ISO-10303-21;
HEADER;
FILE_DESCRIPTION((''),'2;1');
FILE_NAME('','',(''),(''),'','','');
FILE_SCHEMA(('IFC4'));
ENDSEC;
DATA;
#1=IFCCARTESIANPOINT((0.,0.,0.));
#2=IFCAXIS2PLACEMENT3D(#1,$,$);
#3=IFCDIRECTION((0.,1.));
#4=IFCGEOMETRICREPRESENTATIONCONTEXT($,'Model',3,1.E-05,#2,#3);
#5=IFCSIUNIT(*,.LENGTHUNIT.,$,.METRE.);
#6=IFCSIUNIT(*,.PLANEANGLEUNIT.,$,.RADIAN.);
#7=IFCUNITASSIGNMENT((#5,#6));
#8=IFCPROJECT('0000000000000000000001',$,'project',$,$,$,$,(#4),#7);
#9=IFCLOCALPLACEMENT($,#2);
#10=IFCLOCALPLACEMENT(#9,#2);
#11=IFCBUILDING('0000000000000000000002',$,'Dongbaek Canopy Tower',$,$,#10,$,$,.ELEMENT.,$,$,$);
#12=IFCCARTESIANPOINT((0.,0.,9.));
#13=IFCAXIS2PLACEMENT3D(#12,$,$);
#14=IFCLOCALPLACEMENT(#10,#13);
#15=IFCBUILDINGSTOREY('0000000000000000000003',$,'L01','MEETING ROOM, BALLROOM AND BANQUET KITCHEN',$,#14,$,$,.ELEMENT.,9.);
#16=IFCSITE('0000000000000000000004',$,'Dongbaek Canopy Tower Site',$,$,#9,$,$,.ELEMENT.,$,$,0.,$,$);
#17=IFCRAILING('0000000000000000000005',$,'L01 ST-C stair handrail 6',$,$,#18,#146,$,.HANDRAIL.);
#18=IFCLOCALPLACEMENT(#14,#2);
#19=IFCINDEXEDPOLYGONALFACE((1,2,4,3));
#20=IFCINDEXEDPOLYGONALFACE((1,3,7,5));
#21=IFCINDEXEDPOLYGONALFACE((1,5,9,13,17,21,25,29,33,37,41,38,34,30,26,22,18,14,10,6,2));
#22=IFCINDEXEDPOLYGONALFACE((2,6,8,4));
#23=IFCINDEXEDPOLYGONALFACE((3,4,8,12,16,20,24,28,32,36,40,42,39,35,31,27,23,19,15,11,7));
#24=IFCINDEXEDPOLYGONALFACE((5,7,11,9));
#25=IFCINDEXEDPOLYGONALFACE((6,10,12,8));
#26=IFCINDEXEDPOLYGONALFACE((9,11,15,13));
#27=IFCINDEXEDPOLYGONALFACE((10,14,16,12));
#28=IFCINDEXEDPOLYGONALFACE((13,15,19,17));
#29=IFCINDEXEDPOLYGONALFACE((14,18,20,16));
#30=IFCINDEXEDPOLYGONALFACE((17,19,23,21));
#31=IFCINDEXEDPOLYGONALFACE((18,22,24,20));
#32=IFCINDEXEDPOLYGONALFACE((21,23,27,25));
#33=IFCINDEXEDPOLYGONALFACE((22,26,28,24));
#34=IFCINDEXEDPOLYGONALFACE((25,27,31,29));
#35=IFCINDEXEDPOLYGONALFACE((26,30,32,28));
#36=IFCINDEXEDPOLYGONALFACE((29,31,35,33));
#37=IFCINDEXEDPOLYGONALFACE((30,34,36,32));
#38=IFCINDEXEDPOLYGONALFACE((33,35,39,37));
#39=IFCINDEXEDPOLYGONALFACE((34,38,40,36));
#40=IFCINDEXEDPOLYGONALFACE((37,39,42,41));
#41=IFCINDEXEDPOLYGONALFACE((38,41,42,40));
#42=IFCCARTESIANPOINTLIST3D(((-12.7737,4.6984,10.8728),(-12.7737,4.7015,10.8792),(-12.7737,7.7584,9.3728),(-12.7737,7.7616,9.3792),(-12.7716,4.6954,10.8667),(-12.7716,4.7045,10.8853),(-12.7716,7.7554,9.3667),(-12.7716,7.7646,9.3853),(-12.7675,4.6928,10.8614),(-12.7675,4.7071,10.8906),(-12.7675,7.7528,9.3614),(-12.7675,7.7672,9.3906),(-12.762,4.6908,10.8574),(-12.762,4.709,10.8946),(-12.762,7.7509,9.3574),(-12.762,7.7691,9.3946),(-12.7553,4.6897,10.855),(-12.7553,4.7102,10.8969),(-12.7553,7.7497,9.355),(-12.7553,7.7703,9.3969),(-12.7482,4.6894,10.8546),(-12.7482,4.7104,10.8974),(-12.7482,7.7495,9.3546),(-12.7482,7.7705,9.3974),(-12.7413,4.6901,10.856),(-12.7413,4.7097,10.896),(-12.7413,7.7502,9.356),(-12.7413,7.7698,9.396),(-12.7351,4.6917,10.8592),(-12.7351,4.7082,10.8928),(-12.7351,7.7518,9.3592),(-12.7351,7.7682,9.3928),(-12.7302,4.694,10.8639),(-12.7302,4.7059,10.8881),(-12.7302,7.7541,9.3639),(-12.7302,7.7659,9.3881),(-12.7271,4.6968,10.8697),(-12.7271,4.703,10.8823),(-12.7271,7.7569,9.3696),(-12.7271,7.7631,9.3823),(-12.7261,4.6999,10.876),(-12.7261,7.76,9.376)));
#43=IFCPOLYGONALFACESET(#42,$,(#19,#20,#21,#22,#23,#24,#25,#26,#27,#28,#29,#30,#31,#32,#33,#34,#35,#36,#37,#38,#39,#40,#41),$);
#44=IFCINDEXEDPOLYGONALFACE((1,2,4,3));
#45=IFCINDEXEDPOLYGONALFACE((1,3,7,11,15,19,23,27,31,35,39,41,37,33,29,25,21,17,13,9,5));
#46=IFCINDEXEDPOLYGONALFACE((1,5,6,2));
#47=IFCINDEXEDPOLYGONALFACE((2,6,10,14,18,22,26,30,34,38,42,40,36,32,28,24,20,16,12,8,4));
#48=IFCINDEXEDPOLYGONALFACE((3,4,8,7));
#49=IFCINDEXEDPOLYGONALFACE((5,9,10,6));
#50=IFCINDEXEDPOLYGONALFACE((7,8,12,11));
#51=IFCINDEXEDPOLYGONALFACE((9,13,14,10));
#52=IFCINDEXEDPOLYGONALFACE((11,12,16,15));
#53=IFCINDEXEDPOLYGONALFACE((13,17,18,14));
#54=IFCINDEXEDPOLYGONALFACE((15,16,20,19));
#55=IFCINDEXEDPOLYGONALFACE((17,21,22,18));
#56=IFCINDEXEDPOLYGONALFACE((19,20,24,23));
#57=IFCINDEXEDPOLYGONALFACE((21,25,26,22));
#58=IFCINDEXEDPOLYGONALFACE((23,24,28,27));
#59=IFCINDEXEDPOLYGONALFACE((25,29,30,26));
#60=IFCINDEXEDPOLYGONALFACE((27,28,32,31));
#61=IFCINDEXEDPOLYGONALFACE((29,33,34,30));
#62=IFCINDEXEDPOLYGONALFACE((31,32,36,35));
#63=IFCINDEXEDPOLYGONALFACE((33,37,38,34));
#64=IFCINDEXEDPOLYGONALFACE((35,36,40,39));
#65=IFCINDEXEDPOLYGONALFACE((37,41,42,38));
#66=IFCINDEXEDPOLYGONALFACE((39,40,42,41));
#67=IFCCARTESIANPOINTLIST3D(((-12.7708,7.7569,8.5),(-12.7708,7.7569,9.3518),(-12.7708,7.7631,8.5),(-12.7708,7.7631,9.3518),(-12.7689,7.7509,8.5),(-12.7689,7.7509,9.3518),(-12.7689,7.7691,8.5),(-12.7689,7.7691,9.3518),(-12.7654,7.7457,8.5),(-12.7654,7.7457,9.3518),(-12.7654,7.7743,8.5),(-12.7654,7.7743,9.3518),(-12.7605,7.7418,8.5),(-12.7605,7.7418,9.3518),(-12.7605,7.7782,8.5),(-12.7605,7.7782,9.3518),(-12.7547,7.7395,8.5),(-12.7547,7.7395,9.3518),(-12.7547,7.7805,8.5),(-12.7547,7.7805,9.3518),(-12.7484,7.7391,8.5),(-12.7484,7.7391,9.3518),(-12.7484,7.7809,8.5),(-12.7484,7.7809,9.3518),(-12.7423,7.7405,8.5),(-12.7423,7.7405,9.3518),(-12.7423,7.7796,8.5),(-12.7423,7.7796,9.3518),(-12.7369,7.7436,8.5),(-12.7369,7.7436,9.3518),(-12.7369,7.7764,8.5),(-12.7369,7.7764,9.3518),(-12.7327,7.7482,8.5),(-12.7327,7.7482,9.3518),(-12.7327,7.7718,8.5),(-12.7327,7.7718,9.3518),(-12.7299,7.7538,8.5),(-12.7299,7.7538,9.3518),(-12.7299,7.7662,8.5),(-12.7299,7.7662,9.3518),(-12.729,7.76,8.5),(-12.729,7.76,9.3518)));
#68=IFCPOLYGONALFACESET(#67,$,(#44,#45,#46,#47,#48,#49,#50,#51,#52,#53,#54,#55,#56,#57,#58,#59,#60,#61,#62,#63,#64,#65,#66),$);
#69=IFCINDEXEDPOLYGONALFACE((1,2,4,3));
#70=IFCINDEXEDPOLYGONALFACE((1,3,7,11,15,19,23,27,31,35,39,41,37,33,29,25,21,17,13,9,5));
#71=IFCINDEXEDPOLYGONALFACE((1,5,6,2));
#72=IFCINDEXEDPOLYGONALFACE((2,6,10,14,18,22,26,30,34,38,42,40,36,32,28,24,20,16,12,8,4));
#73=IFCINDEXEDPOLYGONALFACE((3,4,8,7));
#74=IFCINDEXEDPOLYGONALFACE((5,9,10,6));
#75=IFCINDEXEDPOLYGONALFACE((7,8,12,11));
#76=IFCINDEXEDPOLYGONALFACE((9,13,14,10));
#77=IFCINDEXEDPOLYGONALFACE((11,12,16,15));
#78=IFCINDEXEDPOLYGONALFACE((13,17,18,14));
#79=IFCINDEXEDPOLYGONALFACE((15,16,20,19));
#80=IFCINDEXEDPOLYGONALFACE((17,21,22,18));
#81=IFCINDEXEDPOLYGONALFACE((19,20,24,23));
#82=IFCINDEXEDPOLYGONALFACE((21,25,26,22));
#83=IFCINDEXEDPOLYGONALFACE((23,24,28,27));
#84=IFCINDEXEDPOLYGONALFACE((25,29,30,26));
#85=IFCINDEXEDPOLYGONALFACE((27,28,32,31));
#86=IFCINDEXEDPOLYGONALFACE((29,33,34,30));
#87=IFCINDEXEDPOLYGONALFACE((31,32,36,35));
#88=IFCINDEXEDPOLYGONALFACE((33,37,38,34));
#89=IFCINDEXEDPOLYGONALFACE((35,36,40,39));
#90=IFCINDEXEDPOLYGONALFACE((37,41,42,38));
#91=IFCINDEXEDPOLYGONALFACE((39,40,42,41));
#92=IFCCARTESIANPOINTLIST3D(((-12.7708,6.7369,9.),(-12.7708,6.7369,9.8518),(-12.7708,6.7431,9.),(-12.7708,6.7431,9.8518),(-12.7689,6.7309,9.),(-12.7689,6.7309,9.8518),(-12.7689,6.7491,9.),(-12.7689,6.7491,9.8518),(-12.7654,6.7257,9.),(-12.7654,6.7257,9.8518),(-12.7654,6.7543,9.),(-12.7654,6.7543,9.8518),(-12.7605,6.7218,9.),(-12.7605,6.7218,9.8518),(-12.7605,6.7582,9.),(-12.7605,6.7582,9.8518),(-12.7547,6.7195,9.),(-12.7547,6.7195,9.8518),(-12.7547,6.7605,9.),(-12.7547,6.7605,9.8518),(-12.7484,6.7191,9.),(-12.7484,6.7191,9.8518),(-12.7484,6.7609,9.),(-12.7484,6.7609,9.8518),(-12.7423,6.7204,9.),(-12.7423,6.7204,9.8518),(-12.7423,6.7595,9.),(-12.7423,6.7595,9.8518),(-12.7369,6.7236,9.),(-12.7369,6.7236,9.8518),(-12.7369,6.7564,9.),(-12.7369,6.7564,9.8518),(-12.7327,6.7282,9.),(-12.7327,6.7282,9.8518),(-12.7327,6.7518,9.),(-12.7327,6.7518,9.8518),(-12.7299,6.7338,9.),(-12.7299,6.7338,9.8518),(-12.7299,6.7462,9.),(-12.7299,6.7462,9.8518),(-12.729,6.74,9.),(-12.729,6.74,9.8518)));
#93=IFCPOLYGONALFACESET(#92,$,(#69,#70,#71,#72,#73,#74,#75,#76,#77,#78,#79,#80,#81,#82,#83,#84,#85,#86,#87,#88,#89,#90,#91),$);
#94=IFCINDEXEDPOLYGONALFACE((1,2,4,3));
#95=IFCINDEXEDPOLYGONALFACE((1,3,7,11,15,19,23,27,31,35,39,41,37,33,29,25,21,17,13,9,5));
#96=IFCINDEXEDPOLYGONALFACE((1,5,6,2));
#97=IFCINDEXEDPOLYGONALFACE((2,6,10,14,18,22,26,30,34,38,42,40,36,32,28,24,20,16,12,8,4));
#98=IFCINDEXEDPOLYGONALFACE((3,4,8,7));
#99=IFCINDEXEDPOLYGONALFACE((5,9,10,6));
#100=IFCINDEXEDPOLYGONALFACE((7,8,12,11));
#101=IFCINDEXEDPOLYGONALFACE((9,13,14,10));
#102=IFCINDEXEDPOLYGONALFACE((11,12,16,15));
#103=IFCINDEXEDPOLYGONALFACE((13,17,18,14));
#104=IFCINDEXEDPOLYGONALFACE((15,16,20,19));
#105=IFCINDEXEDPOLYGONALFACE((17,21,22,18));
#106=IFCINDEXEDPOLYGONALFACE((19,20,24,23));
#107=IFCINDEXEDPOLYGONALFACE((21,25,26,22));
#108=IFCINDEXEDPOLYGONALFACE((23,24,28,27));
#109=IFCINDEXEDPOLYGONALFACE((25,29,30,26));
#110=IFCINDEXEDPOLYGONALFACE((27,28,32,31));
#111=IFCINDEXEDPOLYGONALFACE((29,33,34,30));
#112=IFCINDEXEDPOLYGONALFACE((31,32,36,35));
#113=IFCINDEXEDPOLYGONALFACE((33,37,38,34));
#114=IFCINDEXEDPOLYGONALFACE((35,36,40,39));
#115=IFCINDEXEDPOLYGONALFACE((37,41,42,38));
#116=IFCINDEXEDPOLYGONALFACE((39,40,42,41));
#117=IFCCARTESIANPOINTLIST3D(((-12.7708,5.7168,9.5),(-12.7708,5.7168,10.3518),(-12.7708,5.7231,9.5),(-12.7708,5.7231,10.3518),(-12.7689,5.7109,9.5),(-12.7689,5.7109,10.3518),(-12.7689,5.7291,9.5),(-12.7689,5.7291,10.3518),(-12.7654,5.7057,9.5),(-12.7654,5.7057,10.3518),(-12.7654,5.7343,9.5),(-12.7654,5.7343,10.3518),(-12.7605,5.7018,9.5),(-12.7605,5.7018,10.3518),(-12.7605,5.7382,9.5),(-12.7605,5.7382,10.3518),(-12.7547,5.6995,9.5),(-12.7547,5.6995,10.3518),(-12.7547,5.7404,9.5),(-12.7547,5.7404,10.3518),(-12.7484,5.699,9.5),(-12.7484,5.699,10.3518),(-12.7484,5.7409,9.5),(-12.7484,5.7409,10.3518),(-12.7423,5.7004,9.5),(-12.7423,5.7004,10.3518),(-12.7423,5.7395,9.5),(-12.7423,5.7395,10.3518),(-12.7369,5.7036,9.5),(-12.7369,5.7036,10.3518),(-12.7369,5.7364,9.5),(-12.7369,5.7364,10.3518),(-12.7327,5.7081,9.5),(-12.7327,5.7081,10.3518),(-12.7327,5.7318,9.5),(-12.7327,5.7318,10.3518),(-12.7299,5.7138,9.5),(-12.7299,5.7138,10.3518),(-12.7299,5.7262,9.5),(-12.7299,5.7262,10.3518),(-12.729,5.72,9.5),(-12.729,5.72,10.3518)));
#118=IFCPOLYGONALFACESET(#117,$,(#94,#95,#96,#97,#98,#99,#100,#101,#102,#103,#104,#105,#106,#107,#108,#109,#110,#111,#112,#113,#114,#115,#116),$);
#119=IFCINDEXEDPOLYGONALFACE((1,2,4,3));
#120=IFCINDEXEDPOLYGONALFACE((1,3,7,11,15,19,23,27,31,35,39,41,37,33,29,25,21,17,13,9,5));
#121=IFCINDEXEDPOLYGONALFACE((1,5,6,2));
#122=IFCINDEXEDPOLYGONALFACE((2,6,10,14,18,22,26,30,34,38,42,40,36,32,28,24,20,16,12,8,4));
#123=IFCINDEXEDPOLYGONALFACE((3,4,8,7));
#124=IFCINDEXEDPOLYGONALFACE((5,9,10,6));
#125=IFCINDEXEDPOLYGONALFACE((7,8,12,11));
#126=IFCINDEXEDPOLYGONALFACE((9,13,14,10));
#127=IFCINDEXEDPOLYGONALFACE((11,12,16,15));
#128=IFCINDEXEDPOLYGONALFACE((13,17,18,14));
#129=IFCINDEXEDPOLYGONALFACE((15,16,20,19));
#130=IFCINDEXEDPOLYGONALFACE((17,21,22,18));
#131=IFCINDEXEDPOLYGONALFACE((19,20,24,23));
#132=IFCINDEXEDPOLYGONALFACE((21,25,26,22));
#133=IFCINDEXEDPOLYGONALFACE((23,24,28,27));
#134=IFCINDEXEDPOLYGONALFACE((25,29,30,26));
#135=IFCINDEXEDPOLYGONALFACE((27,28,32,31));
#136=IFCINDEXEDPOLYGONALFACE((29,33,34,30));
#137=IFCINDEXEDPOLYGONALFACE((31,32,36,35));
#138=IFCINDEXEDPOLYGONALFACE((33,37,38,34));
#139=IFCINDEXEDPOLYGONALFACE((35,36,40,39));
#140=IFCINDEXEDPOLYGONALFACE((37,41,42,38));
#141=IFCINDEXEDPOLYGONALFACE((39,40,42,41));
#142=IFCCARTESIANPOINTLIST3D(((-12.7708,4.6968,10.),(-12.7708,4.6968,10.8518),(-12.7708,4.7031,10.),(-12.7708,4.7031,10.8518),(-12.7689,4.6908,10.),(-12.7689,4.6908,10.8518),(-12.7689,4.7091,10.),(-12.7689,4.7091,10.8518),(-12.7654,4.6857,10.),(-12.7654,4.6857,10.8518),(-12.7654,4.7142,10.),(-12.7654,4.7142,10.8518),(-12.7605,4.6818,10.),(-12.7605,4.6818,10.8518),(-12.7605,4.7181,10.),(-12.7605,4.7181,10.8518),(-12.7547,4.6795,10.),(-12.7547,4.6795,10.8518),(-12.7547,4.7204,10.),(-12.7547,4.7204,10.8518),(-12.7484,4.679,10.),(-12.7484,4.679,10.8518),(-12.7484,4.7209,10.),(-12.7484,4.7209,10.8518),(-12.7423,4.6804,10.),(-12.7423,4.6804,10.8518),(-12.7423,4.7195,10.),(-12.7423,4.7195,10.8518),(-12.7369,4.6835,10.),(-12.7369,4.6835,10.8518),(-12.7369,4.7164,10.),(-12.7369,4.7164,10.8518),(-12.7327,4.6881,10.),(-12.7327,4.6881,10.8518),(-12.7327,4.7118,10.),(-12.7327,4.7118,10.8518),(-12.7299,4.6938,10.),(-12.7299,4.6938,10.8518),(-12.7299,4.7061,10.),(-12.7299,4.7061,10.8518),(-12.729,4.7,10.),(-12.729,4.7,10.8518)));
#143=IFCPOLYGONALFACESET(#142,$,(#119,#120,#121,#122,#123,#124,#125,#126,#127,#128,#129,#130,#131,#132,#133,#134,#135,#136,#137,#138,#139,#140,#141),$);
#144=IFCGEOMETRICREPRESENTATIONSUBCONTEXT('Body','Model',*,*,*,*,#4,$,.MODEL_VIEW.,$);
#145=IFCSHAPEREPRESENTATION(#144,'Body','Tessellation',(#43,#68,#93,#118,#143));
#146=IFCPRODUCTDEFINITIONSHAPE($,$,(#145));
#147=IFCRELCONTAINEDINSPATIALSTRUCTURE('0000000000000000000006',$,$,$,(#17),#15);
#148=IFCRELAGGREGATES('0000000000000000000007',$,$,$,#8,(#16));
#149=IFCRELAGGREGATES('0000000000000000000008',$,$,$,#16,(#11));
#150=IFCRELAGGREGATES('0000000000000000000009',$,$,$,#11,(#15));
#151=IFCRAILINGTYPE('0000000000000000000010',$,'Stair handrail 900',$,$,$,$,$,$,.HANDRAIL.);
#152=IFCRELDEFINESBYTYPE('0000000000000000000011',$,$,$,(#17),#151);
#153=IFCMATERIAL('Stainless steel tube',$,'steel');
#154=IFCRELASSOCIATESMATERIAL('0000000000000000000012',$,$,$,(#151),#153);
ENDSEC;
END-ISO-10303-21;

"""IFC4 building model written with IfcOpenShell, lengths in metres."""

from ifc_helpers import new_model, si_unit, direction, frame, origin, origin_2d, place, context, subcontext, project, spatial, circle, extrude, material, type_object, element, save


model = new_model("IFC4")

# Units and contexts
model_context = context("Model", 3, precision=1e-05, world=origin(), true_north=direction((0.0, 1.0)))
body_context = subcontext(model_context, "Body", "Model", "MODEL_VIEW")
ifc_project = project(units=[si_unit("LENGTHUNIT", "METRE"), si_unit("PLANEANGLEUNIT", "RADIAN")], contexts=[model_context])

# Site, building, storey
site_placement = place(None, origin())
site = spatial("IfcSite", under=ifc_project, at=site_placement, Name="Dongbaek Canopy Tower Site", CompositionType="ELEMENT", RefElevation=0.0)
building_placement = place(site_placement, origin())
building = spatial("IfcBuilding", under=site, at=building_placement, Name="Dongbaek Canopy Tower", CompositionType="ELEMENT")
storey_placement = place(building_placement, frame((0.0, 0.0, 9.0)))
storey = spatial("IfcBuildingStorey", under=building, at=storey_placement, Name="L01", Description="MEETING ROOM, BALLROOM AND BANQUET KITCHEN", CompositionType="ELEMENT", Elevation=9.0)

# Railing
ifc_material_1 = material(Name="Stainless steel tube", Category="steel")
railing_type_1 = type_object("IfcRailingType", Name="Stair handrail 900", PredefinedType="HANDRAIL", material=ifc_material_1)
railing_1_placement = place(storey_placement, frame((-12.75, 7.76, 8.5)))
element("IfcRailing", 1, at=railing_1_placement, inside=storey, type_object=railing_type_1, Name="L01 ST-C stair handrail 6", PredefinedType="HANDRAIL", context=body_context, shape_type="SweptSolid", body=[
    extrude(circle(Radius=0.0239, at=origin_2d()), frame((0.0, 0.0, 0.876), z_axis=(0.0, -0.897924, 0.44015), x_axis=(1.0, 0.0, 0.0)), (0.0, 0.0, 1.0), 3.408),
    extrude(circle(Radius=0.021, at=origin_2d()), origin(), (0.0, 0.0, 1.0), 0.8518),
    extrude(circle(Radius=0.021, at=origin_2d()), frame((0.0, -1.02, 0.5)), (0.0, 0.0, 1.0), 0.8518),
    extrude(circle(Radius=0.021, at=origin_2d()), frame((0.0, -2.04, 1.0)), (0.0, 0.0, 1.0), 0.8518),
    extrude(circle(Radius=0.021, at=origin_2d()), frame((0.0, -3.0601, 1.5)), (0.0, 0.0, 1.0), 0.8518),
])

save(model, "model.ifc")
